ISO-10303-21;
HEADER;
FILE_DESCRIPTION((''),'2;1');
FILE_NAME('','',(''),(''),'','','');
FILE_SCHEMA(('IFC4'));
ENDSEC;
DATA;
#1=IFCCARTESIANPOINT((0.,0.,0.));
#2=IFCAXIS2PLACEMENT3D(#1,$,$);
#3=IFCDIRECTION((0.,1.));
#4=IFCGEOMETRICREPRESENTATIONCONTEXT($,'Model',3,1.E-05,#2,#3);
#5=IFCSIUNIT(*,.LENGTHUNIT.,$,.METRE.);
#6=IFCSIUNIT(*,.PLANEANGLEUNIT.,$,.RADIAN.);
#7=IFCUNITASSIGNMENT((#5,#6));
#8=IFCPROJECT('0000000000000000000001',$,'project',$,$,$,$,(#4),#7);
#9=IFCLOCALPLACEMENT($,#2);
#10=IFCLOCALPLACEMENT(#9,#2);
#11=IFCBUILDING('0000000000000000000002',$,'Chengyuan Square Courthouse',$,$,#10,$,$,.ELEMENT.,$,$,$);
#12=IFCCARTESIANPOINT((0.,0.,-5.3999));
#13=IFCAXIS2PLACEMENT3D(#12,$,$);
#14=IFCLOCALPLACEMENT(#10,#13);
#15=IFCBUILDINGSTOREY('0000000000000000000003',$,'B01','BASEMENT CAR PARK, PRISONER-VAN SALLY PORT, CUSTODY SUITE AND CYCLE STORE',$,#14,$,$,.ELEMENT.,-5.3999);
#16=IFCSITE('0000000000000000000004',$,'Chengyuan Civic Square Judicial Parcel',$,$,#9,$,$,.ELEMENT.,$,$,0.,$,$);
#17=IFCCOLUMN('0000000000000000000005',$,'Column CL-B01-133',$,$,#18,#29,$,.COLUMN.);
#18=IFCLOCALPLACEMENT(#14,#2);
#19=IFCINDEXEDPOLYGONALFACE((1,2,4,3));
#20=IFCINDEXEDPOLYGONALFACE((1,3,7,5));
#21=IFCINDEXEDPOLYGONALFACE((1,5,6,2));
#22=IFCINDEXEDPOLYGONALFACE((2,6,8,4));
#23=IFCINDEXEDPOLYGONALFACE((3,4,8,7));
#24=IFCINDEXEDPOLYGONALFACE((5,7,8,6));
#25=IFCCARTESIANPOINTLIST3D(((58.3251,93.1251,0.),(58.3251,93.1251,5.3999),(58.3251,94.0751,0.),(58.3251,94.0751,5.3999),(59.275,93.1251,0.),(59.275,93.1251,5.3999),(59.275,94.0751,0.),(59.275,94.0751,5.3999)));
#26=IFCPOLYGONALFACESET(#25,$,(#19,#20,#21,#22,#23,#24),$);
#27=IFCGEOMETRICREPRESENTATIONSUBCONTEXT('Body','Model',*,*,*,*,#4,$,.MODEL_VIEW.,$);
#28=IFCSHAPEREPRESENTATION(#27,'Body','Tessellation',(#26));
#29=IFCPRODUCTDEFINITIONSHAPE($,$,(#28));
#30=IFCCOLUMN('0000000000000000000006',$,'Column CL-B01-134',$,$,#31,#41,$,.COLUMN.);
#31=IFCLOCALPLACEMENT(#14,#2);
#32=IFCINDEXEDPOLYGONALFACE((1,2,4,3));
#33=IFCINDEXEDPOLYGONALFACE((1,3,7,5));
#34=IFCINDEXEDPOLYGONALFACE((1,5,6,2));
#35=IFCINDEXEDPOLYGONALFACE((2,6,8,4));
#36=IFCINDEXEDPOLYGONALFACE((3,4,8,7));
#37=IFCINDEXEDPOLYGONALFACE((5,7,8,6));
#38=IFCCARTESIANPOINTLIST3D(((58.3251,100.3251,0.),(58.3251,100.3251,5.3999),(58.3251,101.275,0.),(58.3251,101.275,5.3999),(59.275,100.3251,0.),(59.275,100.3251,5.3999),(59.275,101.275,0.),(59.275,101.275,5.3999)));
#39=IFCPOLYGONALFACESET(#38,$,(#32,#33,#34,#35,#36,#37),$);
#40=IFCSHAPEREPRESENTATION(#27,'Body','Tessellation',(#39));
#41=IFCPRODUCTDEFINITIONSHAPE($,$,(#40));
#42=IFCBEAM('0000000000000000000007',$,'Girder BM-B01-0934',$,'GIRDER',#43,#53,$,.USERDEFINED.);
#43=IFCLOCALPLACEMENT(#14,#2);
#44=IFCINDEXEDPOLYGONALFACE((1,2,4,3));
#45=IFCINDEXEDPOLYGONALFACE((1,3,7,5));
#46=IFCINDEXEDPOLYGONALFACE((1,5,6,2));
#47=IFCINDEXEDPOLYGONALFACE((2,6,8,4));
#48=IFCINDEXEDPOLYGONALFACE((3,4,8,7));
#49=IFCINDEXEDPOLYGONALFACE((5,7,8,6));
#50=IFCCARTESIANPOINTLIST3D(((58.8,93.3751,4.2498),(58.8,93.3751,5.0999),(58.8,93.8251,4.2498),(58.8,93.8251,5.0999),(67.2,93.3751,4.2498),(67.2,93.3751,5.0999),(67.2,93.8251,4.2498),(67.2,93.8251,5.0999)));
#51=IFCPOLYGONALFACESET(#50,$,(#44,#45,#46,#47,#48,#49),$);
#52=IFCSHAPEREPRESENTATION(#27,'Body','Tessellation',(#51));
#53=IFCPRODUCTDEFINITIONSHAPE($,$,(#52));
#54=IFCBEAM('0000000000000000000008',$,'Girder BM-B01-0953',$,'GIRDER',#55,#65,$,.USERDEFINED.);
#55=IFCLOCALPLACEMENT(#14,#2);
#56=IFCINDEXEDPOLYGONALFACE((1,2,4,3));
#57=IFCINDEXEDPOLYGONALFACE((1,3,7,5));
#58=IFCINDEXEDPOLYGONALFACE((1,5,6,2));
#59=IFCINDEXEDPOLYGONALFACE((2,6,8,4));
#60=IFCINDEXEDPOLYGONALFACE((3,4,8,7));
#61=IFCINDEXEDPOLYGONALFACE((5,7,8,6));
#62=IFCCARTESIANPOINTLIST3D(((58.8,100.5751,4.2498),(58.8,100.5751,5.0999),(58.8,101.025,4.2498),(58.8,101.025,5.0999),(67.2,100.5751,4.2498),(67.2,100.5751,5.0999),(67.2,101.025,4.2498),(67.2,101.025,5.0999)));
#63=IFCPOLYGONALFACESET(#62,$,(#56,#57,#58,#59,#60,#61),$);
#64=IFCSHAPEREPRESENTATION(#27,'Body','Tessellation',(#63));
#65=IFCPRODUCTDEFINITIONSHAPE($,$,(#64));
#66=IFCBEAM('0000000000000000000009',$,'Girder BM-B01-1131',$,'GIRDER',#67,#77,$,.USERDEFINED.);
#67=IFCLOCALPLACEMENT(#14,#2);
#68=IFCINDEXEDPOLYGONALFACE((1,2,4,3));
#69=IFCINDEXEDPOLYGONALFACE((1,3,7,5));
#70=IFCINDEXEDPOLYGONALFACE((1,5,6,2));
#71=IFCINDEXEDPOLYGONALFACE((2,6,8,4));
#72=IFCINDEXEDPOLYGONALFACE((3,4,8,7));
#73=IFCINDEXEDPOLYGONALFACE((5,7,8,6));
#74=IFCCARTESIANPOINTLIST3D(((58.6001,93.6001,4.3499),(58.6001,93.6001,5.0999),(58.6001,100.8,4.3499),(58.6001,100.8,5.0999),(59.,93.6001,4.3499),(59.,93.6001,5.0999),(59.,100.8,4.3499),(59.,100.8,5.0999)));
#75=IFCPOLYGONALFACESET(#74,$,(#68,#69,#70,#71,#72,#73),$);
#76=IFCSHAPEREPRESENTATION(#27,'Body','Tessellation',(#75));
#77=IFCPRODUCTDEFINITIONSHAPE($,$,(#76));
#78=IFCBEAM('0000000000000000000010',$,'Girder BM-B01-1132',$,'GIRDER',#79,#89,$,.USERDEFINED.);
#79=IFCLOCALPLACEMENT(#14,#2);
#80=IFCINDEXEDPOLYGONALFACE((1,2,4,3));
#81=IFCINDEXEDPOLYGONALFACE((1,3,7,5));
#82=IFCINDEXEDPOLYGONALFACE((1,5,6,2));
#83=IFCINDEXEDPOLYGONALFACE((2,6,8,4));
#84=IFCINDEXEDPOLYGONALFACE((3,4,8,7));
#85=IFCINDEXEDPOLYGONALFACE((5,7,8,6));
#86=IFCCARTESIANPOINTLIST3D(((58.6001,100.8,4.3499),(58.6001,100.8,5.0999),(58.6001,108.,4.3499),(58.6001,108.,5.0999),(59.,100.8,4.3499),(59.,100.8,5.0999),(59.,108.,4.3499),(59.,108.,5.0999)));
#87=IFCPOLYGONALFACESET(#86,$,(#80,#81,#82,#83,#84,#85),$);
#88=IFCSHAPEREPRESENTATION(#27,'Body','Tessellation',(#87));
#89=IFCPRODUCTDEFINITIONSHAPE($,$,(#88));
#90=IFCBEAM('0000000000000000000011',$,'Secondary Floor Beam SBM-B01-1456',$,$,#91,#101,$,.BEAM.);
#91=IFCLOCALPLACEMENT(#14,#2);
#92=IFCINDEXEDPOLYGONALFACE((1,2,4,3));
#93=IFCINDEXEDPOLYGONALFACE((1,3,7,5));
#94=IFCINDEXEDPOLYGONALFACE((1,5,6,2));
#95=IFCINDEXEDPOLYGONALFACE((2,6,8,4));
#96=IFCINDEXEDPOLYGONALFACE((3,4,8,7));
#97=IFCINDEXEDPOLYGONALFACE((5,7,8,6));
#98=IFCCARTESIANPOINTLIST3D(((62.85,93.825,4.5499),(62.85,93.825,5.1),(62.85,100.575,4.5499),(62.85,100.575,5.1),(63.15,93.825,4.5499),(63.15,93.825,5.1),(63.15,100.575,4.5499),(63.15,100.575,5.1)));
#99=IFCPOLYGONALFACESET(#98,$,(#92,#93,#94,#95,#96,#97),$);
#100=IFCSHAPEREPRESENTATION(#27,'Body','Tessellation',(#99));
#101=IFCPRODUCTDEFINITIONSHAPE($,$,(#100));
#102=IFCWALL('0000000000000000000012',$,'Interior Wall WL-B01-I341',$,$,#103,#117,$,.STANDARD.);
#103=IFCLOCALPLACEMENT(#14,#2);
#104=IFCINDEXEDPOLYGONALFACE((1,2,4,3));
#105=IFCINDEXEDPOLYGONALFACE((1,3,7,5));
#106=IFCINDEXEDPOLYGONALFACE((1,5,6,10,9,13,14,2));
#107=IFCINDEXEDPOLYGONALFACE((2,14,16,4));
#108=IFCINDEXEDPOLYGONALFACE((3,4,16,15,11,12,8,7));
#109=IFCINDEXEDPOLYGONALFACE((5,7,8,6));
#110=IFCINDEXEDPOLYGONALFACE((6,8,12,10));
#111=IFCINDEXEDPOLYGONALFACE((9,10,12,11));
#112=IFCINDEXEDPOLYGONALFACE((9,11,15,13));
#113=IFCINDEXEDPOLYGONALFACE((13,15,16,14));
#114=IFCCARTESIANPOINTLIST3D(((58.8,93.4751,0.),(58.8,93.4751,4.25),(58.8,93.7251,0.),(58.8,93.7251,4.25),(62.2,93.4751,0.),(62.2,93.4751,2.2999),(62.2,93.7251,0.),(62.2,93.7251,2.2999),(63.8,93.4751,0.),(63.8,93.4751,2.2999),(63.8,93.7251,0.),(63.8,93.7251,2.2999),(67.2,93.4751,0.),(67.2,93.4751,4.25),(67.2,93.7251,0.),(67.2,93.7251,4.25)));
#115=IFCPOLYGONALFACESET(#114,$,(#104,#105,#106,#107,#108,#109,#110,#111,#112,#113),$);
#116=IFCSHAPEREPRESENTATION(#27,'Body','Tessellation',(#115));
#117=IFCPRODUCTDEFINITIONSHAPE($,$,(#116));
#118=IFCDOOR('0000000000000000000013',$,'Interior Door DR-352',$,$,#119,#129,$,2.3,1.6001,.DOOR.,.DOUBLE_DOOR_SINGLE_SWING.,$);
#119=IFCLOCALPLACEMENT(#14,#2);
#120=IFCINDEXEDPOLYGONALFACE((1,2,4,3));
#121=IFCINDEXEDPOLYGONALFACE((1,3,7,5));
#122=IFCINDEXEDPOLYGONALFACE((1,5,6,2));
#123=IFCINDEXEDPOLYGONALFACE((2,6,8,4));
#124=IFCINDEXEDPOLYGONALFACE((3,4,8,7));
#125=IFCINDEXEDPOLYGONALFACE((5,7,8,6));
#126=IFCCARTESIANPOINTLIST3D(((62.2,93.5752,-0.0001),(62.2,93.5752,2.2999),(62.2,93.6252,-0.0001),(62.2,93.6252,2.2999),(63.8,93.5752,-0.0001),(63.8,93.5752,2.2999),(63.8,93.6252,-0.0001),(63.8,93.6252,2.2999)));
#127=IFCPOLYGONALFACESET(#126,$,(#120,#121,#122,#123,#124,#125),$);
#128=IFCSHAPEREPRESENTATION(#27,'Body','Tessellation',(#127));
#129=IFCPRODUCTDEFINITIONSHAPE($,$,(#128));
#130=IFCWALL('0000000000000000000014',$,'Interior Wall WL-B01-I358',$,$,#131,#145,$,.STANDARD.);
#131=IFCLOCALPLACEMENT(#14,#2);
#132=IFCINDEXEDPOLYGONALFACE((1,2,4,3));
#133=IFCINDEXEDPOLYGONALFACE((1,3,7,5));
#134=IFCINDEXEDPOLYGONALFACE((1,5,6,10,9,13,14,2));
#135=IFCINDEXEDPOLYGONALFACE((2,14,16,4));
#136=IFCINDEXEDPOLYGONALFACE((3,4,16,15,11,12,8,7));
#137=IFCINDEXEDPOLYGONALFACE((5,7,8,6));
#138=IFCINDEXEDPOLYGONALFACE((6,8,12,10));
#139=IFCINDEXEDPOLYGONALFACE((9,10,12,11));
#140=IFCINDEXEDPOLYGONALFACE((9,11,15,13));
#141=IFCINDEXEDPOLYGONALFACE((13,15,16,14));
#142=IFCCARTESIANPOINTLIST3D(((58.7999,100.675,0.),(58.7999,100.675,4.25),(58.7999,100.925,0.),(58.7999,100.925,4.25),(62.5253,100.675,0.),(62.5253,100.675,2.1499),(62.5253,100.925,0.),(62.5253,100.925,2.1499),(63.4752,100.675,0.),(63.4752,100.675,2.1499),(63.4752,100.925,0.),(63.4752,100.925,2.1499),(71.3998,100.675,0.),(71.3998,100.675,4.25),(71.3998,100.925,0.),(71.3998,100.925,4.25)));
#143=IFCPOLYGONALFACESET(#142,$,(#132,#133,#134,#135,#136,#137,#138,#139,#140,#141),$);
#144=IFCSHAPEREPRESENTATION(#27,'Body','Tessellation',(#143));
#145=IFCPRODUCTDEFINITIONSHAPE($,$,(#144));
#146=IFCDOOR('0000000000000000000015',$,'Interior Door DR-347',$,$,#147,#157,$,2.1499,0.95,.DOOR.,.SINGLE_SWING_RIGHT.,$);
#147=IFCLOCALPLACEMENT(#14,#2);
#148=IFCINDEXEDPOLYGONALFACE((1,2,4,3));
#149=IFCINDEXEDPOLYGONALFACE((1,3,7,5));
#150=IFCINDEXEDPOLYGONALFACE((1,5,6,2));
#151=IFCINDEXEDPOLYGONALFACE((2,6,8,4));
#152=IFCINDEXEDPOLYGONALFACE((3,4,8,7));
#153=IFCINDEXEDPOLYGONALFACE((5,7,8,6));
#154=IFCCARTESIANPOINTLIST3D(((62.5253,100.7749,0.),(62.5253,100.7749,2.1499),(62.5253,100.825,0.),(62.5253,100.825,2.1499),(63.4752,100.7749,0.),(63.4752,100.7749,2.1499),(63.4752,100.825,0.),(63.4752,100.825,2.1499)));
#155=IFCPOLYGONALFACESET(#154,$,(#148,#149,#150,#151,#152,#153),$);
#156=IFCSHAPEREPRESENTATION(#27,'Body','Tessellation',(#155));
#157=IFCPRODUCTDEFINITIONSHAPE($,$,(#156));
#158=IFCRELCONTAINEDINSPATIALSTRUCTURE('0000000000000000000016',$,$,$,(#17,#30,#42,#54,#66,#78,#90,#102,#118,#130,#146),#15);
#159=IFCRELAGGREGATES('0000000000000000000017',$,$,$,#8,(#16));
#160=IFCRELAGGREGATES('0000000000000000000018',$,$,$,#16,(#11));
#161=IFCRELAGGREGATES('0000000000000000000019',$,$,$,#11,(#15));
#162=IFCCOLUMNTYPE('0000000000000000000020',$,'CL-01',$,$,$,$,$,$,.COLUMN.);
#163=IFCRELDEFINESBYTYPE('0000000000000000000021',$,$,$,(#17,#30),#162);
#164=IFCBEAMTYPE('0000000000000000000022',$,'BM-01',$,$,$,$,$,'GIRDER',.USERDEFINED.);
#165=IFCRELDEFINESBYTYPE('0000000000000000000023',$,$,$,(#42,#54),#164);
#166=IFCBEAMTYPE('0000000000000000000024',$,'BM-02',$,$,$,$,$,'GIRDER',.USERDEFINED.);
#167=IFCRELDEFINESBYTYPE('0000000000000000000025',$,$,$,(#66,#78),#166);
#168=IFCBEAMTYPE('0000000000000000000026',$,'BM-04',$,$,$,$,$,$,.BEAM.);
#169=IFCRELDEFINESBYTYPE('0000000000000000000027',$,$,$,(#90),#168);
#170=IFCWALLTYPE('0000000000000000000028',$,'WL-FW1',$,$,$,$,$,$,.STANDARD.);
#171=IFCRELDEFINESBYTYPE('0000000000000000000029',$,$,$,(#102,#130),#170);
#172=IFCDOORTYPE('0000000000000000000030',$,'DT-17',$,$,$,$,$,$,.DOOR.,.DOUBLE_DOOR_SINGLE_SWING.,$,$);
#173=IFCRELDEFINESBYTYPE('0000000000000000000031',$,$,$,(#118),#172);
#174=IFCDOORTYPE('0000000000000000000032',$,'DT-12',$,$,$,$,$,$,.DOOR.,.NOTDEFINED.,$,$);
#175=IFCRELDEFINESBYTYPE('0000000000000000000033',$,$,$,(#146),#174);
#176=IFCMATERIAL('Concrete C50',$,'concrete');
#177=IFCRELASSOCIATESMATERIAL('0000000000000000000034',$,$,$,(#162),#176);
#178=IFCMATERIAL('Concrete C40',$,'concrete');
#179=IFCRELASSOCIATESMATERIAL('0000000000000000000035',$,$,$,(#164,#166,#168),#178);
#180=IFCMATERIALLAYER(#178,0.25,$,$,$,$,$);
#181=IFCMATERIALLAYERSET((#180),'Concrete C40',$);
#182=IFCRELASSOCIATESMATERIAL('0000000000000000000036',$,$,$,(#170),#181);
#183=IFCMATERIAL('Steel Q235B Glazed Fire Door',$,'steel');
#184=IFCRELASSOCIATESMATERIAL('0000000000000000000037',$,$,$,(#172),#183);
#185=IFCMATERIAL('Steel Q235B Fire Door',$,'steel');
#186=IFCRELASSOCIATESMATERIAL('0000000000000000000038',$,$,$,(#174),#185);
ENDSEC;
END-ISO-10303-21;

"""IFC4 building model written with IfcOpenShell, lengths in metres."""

from ifc_helpers import new_model, si_unit, direction, frame, frame_2d, origin, origin_2d, place, context, subcontext, project, spatial, rectangle, extrude, material, layer, layer_set, material_profile, profile_set, type_object, element, fill, save


model = new_model("IFC4")

# Units and contexts
model_context = context("Model", 3, precision=1e-05, world=origin(), true_north=direction((0.0, 1.0)))
body_context = subcontext(model_context, "Body", "Model", "MODEL_VIEW")
ifc_project = project(units=[si_unit("LENGTHUNIT", "METRE"), si_unit("PLANEANGLEUNIT", "RADIAN")], contexts=[model_context])

# Site, building, storey
site_placement = place(None, origin())
site = spatial("IfcSite", under=ifc_project, at=site_placement, Name="Chengyuan Civic Square Judicial Parcel", CompositionType="ELEMENT", RefElevation=0.0)
building_placement = place(site_placement, origin())
building = spatial("IfcBuilding", under=site, at=building_placement, Name="Chengyuan Square Courthouse", CompositionType="ELEMENT")
storey_placement = place(building_placement, frame((0.0, 0.0, -5.3999)))
storey = spatial("IfcBuildingStorey", under=building, at=storey_placement, Name="B01", Description="BASEMENT CAR PARK, PRISONER-VAN SALLY PORT, CUSTODY SUITE AND CYCLE STORE", CompositionType="ELEMENT", Elevation=-5.3999)

# Columns
ifc_material_1 = material(Name="Concrete C50", Category="concrete")
ifc_material_profile_1 = material_profile(ifc_material_1, rectangle(XDim=0.95, YDim=0.95, at=origin_2d()), Name="RC-COL-950x950")
ifc_profile_set_1 = profile_set([ifc_material_profile_1], Name="Concrete C50")
column_type = type_object("IfcColumnType", Name="CL-01", PredefinedType="COLUMN", material=ifc_profile_set_1)
for number, where, z_axis, x_axis, name in (
    (1, (58.8, 93.6001, 0.0), (0.0, 0.0, 1.0), (1.0, 0.0, 0.0), "Column CL-B01-133"),
    (2, (58.8, 100.8, 0.0), (0.0, 0.0, 1.0), (1.0, 0.0, 0.0), "Column CL-B01-134"),
):
    element("IfcColumn", number, at=place(storey_placement, frame(where, z_axis=z_axis, x_axis=x_axis)), inside=storey, type_object=column_type, Name=name, PredefinedType="COLUMN", context=body_context, shape_type="SweptSolid", body=[
        extrude(rectangle(XDim=0.95, YDim=0.95, at=origin_2d()), origin(), (0.0, 0.0, 1.0), 5.3999),
    ])

# Beams
ifc_material_2 = material(Name="Concrete C40", Category="concrete")
ifc_material_profile_2 = material_profile(ifc_material_2, rectangle(XDim=0.45, YDim=0.8501, at=origin_2d()), Name="RC-BM-450x850")
ifc_profile_set_2 = profile_set([ifc_material_profile_2], Name="Concrete C40")
beam_type_1 = type_object("IfcBeamType", Name="BM-01", ElementType="GIRDER", PredefinedType="USERDEFINED", material=ifc_profile_set_2)
for number, where, z_axis, x_axis, name in (
    (3, (58.8, 93.6001, 4.6748), (1.0, 0.0, 0.0), (0.0, 1.0, 0.0), "Girder BM-B01-0934"),
    (4, (58.8, 100.8, 4.6748), (1.0, 0.0, 0.0), (0.0, 1.0, 0.0), "Girder BM-B01-0953"),
):
    element("IfcBeam", number, at=place(storey_placement, frame(where, z_axis=z_axis, x_axis=x_axis)), inside=storey, type_object=beam_type_1, Name=name, ObjectType="GIRDER", PredefinedType="USERDEFINED", context=body_context, shape_type="SweptSolid", body=[
        extrude(rectangle(XDim=0.45, YDim=0.8501, at=origin_2d()), origin(), (0.0, 0.0, 1.0), 8.3999),
    ])
ifc_material_profile_3 = material_profile(ifc_material_2, rectangle(XDim=0.3999, YDim=0.75, at=origin_2d()), Name="RC-BM-400x750")
ifc_profile_set_3 = profile_set([ifc_material_profile_3], Name="Concrete C40")
beam_type_2 = type_object("IfcBeamType", Name="BM-02", ElementType="GIRDER", PredefinedType="USERDEFINED", material=ifc_profile_set_3)
for number, where, z_axis, x_axis, name in (
    (5, (58.8, 93.6001, 4.7249), (0.0, 1.0, 0.0), (-1.0, 0.0, 0.0), "Girder BM-B01-1131"),
    (6, (58.8, 100.8, 4.7249), (0.0, 1.0, 0.0), (-1.0, 0.0, 0.0), "Girder BM-B01-1132"),
):
    element("IfcBeam", number, at=place(storey_placement, frame(where, z_axis=z_axis, x_axis=x_axis)), inside=storey, type_object=beam_type_2, Name=name, ObjectType="GIRDER", PredefinedType="USERDEFINED", context=body_context, shape_type="SweptSolid", body=[
        extrude(rectangle(XDim=0.3999, YDim=0.75, at=origin_2d()), origin(), (0.0, 0.0, 1.0), 7.2),
    ])
ifc_material_profile_4 = material_profile(ifc_material_2, rectangle(XDim=0.3, YDim=0.55, at=origin_2d()), Name="RC-BM-300x550")
ifc_profile_set_4 = profile_set([ifc_material_profile_4], Name="Concrete C40")
beam_type_3 = type_object("IfcBeamType", Name="BM-04", PredefinedType="BEAM", material=ifc_profile_set_4)
beam_placement = place(storey_placement, frame((63.0, 93.825, 4.825), z_axis=(0.0, 1.0, 0.0), x_axis=(-1.0, 0.0, 0.0)))
element("IfcBeam", 7, at=beam_placement, inside=storey, type_object=beam_type_3, Name="Secondary Floor Beam SBM-B01-1456", PredefinedType="BEAM", context=body_context, shape_type="SweptSolid", body=[
    extrude(rectangle(XDim=0.3, YDim=0.55, at=origin_2d()), origin(), (0.0, 0.0, 1.0), 6.75),
])

# Walls, openings, doors
ifc_layer_1 = layer(ifc_material_2, 0.25)
ifc_layer_set_1 = layer_set([ifc_layer_1], Name="Concrete C40")
wall_type_1 = type_object("IfcWallType", Name="WL-FW1", PredefinedType="STANDARD", material=ifc_layer_set_1)
wall_1_placement = place(storey_placement, frame((58.8, 93.6001, 0.0), z_axis=(0.0, 0.0, 1.0), x_axis=(1.0, 0.0, 0.0)))
wall_1 = element("IfcWall", 8, at=wall_1_placement, inside=storey, type_object=wall_type_1, Name="Interior Wall WL-B01-I341", PredefinedType="STANDARD", context=body_context, shape_type="SweptSolid", body=[
    extrude(rectangle(XDim=8.3999, YDim=0.25, at=frame_2d((4.2, 0.0))), origin(), (0.0, 0.0, 1.0), 4.25),
])
opening_1_placement = place(wall_1_placement, frame((3.3999, 0.0, 0.0)))
opening_1 = element("IfcOpeningElement", 9, at=opening_1_placement, cuts=wall_1, PredefinedType="OPENING", context=body_context, shape_type="SweptSolid", body=[
    extrude(rectangle(XDim=1.6001, YDim=2.3, at=frame_2d((0.8, 1.1499))), frame((0.0, 0.137, 0.0), z_axis=(0.0, -1.0, 0.0), x_axis=(1.0, 0.0, 0.0)), (0.0, 0.0, 1.0), 0.2739),
])
ifc_material_3 = material(Name="Steel Q235B Glazed Fire Door", Category="steel")
door_type_1 = type_object("IfcDoorType", Name="DT-17", OperationType="DOUBLE_DOOR_SINGLE_SWING", PredefinedType="DOOR", material=ifc_material_3)
door_1_placement = place(opening_1_placement, frame((1.6001, 0.0, 0.0), z_axis=(0.0, 0.0, 1.0), x_axis=(-1.0, 0.0, 0.0)))
door_1 = element("IfcDoor", 10, at=door_1_placement, inside=storey, type_object=door_type_1, Name="Interior Door DR-352", OperationType="DOUBLE_DOOR_SINGLE_SWING", OverallHeight=2.3, OverallWidth=1.6001, PredefinedType="DOOR", context=body_context, shape_type="SweptSolid", body=[
    extrude(rectangle(XDim=1.6001, YDim=2.3, at=frame_2d((0.8, 1.1499))), frame((0.0, 0.0249, 0.0), z_axis=(0.0, -1.0, 0.0), x_axis=(1.0, 0.0, 0.0)), (0.0, 0.0, 1.0), 0.05),
])
fill(opening_1, door_1)
wall_2_placement = place(storey_placement, frame((58.8, 100.8, 0.0), z_axis=(0.0, 0.0, 1.0), x_axis=(1.0, 0.0, 0.0)))
wall_2 = element("IfcWall", 11, at=wall_2_placement, inside=storey, type_object=wall_type_1, Name="Interior Wall WL-B01-I358", PredefinedType="STANDARD", context=body_context, shape_type="SweptSolid", body=[
    extrude(rectangle(XDim=12.5999, YDim=0.25, at=frame_2d((6.2998, 0.0))), origin(), (0.0, 0.0, 1.0), 4.25),
])
opening_2_placement = place(wall_2_placement, frame((3.7251, 0.0, 0.0)))
opening_2 = element("IfcOpeningElement", 12, at=opening_2_placement, cuts=wall_2, PredefinedType="OPENING", context=body_context, shape_type="SweptSolid", body=[
    extrude(rectangle(XDim=0.95, YDim=2.1499, at=frame_2d((0.4751, 1.075))), frame((0.0, 0.137, 0.0), z_axis=(0.0, -1.0, 0.0), x_axis=(1.0, 0.0, 0.0)), (0.0, 0.0, 1.0), 0.2739),
])
ifc_material_4 = material(Name="Steel Q235B Fire Door", Category="steel")
door_type_2 = type_object("IfcDoorType", Name="DT-12", OperationType="NOTDEFINED", PredefinedType="DOOR", material=ifc_material_4)
door_2_placement = place(opening_2_placement, origin())
door_2 = element("IfcDoor", 13, at=door_2_placement, inside=storey, type_object=door_type_2, Name="Interior Door DR-347", OperationType="SINGLE_SWING_RIGHT", OverallHeight=2.1499, OverallWidth=0.95, PredefinedType="DOOR", context=body_context, shape_type="SweptSolid", body=[
    extrude(rectangle(XDim=0.95, YDim=2.1499, at=frame_2d((0.4751, 1.075))), frame((0.0, 0.0249, 0.0), z_axis=(0.0, -1.0, 0.0), x_axis=(1.0, 0.0, 0.0)), (0.0, 0.0, 1.0), 0.05),
])
fill(opening_2, door_2)

save(model, "model.ifc")
